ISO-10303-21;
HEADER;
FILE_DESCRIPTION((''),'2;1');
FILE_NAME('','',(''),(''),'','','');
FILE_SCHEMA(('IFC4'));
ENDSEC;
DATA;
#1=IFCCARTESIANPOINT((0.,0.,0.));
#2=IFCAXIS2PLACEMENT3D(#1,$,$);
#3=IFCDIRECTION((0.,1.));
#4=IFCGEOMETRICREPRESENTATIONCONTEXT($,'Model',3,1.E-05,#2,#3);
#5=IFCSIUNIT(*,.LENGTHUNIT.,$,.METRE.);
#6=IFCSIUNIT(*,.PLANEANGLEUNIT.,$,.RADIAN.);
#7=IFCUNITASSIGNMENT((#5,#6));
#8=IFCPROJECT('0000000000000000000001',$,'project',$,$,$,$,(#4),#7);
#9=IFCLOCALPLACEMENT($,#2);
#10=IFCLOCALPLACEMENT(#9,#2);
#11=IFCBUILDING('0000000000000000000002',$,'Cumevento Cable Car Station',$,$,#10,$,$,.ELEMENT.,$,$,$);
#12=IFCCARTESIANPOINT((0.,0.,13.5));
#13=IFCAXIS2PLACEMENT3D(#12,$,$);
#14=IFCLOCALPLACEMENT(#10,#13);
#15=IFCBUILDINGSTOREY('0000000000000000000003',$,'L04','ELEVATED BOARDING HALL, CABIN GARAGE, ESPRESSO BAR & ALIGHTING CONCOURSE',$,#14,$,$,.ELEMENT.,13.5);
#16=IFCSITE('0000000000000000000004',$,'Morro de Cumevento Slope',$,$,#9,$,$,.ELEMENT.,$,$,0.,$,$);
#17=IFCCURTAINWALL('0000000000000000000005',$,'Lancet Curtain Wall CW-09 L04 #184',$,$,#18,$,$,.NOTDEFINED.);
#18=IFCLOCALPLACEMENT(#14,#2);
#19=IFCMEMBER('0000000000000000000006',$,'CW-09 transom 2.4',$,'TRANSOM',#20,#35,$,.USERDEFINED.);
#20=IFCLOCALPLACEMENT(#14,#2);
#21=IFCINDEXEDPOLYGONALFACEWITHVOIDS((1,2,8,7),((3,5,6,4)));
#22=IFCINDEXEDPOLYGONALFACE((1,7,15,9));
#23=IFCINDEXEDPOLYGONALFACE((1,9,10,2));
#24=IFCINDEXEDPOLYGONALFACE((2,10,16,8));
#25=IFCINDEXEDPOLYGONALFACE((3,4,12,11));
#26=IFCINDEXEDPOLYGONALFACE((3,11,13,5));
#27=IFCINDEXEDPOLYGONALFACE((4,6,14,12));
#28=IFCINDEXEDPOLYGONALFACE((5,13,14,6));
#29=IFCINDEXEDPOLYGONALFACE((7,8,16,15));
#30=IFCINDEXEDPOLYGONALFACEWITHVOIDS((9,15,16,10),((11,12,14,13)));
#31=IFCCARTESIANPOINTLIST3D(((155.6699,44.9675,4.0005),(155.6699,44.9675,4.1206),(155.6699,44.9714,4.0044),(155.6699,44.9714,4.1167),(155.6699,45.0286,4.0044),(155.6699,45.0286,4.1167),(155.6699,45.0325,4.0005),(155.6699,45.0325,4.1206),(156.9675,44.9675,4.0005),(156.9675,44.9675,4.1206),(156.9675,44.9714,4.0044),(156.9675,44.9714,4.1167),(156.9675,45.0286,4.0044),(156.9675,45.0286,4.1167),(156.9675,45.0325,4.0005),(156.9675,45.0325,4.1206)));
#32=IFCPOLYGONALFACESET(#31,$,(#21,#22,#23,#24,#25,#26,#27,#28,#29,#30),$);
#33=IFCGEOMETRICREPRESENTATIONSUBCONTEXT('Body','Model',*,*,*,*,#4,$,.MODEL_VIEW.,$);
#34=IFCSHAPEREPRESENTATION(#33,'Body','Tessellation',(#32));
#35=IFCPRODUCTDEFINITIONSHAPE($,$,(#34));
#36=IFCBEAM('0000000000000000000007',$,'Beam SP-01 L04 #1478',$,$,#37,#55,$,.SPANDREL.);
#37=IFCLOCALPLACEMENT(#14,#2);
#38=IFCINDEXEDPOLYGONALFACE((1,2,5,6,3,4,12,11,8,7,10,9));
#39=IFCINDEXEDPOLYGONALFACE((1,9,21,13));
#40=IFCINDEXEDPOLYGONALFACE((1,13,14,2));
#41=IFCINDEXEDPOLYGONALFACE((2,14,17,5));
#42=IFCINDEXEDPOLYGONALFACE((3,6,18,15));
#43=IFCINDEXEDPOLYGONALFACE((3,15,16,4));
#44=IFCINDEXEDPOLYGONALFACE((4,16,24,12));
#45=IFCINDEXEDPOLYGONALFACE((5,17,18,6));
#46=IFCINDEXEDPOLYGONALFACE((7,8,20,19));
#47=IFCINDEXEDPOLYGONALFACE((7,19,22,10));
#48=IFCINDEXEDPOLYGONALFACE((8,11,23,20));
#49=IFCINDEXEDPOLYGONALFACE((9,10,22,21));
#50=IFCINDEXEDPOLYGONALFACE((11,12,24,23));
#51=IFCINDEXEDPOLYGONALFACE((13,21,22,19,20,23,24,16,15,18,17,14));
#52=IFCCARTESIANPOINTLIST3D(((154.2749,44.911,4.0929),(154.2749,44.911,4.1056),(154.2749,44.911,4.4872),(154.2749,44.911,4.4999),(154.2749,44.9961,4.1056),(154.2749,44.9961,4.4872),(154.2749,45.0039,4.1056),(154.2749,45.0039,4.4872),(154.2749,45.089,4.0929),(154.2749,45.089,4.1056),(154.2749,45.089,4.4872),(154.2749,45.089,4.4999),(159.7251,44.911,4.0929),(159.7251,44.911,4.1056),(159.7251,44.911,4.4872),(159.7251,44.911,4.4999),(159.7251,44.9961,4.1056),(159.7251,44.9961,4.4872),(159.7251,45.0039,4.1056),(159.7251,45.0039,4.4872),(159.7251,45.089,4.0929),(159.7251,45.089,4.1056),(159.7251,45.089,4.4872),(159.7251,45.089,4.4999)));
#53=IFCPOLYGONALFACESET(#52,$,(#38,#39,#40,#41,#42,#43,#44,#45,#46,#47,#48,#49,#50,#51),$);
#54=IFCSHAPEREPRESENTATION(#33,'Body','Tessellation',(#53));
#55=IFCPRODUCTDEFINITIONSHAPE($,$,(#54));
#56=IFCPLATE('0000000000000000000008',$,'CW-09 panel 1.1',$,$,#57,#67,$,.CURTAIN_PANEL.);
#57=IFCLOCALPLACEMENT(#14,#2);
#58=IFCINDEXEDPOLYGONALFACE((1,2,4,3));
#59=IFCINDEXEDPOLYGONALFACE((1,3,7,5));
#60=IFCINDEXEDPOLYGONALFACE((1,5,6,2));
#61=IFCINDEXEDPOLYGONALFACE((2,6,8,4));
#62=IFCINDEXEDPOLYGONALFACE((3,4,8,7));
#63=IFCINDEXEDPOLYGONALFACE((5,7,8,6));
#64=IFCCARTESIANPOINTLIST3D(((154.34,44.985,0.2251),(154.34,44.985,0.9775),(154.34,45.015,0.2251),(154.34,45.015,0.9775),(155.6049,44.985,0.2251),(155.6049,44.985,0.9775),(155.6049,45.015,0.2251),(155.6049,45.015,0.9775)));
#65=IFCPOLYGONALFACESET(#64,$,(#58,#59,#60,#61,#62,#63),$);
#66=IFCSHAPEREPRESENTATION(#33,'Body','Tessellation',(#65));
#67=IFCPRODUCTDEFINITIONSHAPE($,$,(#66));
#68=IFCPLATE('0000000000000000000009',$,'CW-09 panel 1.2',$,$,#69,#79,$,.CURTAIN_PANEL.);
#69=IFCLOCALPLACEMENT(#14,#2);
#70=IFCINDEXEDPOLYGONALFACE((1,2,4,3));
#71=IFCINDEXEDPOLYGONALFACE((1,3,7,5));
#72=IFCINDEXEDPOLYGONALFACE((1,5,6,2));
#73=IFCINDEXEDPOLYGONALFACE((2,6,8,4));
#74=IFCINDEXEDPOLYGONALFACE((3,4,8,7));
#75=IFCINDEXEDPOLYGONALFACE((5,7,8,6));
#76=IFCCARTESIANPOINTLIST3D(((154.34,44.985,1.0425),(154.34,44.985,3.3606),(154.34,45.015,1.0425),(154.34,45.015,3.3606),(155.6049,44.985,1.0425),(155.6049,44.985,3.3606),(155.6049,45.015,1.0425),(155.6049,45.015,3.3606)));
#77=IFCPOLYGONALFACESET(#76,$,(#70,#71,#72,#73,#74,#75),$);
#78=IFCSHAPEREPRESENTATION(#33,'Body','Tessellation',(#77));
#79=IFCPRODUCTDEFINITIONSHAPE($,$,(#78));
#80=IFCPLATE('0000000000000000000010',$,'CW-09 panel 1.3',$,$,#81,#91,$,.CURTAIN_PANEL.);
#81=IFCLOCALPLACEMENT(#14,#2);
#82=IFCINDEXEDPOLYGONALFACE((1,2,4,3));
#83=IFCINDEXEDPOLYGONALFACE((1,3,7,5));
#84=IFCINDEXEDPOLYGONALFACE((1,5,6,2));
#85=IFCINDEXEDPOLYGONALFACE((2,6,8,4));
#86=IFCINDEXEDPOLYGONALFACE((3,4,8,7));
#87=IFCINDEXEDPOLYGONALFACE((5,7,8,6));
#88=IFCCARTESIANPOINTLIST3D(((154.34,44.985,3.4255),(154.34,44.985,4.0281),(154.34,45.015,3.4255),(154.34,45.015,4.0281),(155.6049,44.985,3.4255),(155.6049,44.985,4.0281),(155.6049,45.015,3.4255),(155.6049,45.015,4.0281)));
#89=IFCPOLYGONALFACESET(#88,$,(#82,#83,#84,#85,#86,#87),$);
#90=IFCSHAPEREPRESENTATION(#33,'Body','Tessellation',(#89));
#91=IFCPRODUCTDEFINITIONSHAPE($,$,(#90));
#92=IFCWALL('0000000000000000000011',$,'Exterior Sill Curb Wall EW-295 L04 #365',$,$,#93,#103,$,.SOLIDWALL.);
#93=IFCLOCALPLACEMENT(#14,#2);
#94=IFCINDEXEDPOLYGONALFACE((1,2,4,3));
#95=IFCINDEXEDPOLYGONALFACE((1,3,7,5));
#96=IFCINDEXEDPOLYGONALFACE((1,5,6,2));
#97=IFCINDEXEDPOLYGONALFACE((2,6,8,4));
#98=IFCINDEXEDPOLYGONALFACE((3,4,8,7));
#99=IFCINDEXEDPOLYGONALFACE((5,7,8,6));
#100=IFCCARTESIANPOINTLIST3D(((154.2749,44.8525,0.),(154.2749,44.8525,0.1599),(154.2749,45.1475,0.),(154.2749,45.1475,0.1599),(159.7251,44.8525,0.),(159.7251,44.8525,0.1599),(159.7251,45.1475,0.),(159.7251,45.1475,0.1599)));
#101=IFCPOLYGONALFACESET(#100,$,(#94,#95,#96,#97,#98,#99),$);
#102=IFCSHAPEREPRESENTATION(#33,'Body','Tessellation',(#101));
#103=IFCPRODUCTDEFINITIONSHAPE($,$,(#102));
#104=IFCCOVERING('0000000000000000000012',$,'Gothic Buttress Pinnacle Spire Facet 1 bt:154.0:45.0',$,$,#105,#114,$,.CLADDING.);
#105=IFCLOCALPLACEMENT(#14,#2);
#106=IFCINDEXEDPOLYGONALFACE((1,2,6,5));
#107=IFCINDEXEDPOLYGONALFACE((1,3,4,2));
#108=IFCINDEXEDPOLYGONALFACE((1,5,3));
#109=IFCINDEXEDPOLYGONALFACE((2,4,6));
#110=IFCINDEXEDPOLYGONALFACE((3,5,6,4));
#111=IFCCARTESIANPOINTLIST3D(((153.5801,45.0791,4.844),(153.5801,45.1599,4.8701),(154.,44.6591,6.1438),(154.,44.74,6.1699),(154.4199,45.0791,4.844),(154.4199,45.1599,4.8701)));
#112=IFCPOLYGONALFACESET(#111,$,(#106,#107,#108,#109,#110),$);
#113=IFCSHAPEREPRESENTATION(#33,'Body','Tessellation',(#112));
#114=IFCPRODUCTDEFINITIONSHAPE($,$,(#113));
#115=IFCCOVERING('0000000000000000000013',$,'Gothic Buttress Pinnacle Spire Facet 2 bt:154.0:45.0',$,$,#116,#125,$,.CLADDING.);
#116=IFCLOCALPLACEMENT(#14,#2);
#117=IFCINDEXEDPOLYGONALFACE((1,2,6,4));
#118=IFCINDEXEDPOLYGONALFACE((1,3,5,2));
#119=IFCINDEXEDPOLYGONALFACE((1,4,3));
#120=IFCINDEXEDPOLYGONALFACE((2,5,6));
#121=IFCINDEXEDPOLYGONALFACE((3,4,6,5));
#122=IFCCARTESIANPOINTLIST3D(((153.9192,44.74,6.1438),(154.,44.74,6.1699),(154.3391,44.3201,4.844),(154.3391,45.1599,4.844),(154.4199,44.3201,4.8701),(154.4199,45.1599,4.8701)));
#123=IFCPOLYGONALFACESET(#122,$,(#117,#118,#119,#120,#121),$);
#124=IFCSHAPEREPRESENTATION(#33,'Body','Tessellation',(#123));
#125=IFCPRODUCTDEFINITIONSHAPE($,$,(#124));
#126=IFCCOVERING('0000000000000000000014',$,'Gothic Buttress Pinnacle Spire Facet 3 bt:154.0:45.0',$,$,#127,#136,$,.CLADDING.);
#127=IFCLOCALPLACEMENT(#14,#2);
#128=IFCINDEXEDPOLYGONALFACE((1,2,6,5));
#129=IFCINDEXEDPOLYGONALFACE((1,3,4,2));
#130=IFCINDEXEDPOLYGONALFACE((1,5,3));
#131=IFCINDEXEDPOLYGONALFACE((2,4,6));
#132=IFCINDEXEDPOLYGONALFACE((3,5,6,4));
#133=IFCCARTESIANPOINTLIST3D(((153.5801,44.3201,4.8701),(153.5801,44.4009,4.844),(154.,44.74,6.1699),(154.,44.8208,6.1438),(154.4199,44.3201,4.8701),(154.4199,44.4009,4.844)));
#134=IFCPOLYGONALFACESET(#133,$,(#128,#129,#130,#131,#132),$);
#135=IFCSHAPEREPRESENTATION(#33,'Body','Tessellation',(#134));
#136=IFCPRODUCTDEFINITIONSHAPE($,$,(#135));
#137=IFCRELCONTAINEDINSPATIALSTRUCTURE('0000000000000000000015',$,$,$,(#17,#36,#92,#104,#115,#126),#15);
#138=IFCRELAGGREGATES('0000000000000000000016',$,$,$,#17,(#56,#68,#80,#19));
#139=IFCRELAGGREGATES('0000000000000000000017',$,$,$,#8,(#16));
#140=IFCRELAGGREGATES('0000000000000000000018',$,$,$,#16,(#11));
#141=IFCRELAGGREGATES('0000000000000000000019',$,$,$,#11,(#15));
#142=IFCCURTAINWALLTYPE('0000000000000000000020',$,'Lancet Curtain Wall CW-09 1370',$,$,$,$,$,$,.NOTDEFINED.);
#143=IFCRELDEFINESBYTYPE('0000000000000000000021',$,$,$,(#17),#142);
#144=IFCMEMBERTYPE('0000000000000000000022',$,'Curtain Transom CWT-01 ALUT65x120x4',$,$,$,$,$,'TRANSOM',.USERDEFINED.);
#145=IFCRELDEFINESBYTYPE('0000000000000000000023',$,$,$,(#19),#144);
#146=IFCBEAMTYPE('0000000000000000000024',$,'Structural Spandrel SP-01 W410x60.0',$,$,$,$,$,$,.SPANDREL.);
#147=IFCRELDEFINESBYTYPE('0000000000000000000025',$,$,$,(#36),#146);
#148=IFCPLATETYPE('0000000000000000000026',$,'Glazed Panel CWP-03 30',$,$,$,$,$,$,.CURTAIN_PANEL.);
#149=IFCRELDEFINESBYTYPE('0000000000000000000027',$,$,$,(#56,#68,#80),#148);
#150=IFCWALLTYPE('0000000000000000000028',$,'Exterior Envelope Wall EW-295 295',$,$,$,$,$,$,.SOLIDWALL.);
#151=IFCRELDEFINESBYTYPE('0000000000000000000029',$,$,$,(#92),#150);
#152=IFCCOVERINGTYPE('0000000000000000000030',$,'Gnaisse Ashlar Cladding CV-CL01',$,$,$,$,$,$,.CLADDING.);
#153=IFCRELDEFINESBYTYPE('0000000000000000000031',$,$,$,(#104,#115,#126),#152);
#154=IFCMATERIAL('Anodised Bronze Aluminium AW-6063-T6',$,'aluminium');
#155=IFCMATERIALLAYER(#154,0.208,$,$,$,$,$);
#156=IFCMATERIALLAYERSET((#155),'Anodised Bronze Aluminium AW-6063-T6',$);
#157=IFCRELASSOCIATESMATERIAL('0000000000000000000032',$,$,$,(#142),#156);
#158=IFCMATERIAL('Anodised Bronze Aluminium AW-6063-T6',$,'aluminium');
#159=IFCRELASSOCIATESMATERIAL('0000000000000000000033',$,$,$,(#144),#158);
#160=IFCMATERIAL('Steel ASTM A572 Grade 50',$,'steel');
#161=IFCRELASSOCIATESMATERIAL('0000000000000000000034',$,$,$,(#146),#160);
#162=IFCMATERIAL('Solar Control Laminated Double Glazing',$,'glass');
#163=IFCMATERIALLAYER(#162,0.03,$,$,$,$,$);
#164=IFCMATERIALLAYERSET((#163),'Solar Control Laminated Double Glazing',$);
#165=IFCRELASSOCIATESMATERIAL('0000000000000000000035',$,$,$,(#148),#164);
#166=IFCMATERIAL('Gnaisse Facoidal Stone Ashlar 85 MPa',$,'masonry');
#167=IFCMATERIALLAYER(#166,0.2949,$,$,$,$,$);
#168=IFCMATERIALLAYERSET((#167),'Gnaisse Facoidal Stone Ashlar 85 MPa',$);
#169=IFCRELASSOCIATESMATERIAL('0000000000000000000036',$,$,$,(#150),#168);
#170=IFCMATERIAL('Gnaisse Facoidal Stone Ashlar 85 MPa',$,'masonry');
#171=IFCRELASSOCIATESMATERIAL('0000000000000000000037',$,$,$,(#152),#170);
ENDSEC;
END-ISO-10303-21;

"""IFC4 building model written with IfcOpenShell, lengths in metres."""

from ifc_helpers import new_model, si_unit, direction, frame, frame_2d, origin, origin_2d, place, context, subcontext, project, spatial, polyline, rectangle, hollow_rectangle, i_section, outline, extrude, material, layer, layer_set, material_profile, profile_set, type_object, element, aggregate, save


model = new_model("IFC4")

# Units and contexts
model_context = context("Model", 3, precision=1e-05, world=origin(), true_north=direction((0.0, 1.0)))
body_context = subcontext(model_context, "Body", "Model", "MODEL_VIEW")
ifc_project = project(units=[si_unit("LENGTHUNIT", "METRE"), si_unit("PLANEANGLEUNIT", "RADIAN")], contexts=[model_context])

# Site, building, storey
site_placement = place(None, origin())
site = spatial("IfcSite", under=ifc_project, at=site_placement, Name="Morro de Cumevento Slope", CompositionType="ELEMENT", RefElevation=0.0)
building_placement = place(site_placement, origin())
building = spatial("IfcBuilding", under=site, at=building_placement, Name="Cumevento Cable Car Station", CompositionType="ELEMENT")
storey_placement = place(building_placement, frame((0.0, 0.0, 13.5)))
storey = spatial("IfcBuildingStorey", under=building, at=storey_placement, Name="L04", Description="ELEVATED BOARDING HALL, CABIN GARAGE, ESPRESSO BAR & ALIGHTING CONCOURSE", CompositionType="ELEMENT", Elevation=13.5)

# Curtain wall, member
ifc_material_1 = material(Name="Anodised Bronze Aluminium AW-6063-T6", Category="aluminium")
ifc_layer_1 = layer(ifc_material_1, 0.208)
ifc_layer_set_1 = layer_set([ifc_layer_1], Name="Anodised Bronze Aluminium AW-6063-T6")
curtain_wall_type_1 = type_object("IfcCurtainWallType", Name="Lancet Curtain Wall CW-09 1370", PredefinedType="NOTDEFINED", material=ifc_layer_set_1)
curtain_wall_1_placement = place(storey_placement, origin())
curtain_wall_1 = element("IfcCurtainWall", 1, at=curtain_wall_1_placement, inside=storey, type_object=curtain_wall_type_1, Name="Lancet Curtain Wall CW-09 L04 #184", PredefinedType="NOTDEFINED")
ifc_material_2 = material(Name="Anodised Bronze Aluminium AW-6063-T6", Category="aluminium")
ifc_material_profile_1 = material_profile(ifc_material_2, hollow_rectangle(XDim=0.0649, YDim=0.1201, WallThickness=0.0039, at=origin_2d()), Name="ALUT65x120x4")
ifc_profile_set_1 = profile_set([ifc_material_profile_1], Name="Anodised Bronze Aluminium AW-6063-T6")
member_type_1 = type_object("IfcMemberType", Name="Curtain Transom CWT-01 ALUT65x120x4", ElementType="TRANSOM", PredefinedType="USERDEFINED", material=ifc_profile_set_1)
member_1_placement = place(storey_placement, frame((155.6699, 45.0, 4.0605), z_axis=(1.0, 0.0, 0.0), x_axis=(0.0, 1.0, 0.0)))
member_1 = element("IfcMember", 2, at=member_1_placement, type_object=member_type_1, Name="CW-09 transom 2.4", ObjectType="TRANSOM", PredefinedType="USERDEFINED", context=body_context, shape_type="SweptSolid", body=[
    extrude(hollow_rectangle(XDim=0.0649, YDim=0.1201, WallThickness=0.0039, at=origin_2d()), origin(), (0.0, 0.0, 1.0), 1.2976),
])

# Beam
ifc_material_3 = material(Name="Steel ASTM A572 Grade 50", Category="steel")
ifc_material_profile_2 = material_profile(ifc_material_3, i_section(OverallWidth=0.178, OverallDepth=0.407, WebThickness=0.0078, FlangeThickness=0.0127, at=origin_2d()), Name="W410x60.0")
ifc_profile_set_2 = profile_set([ifc_material_profile_2], Name="Steel ASTM A572 Grade 50")
beam_type = type_object("IfcBeamType", Name="Structural Spandrel SP-01 W410x60.0", PredefinedType="SPANDREL", material=ifc_profile_set_2)
beam_placement = place(storey_placement, frame((154.2749, 45.0, 4.2964), z_axis=(1.0, 0.0, 0.0), x_axis=(0.0, 1.0, 0.0)))
element("IfcBeam", 3, at=beam_placement, inside=storey, type_object=beam_type, Name="Beam SP-01 L04 #1478", PredefinedType="SPANDREL", context=body_context, shape_type="SweptSolid", body=[
    extrude(i_section(OverallWidth=0.178, OverallDepth=0.407, WebThickness=0.0078, FlangeThickness=0.0127, at=origin_2d()), origin(), (0.0, 0.0, 1.0), 5.4502),
])

# Plates
ifc_material_4 = material(Name="Solar Control Laminated Double Glazing", Category="glass")
ifc_layer_2 = layer(ifc_material_4, 0.03)
ifc_layer_set_2 = layer_set([ifc_layer_2], Name="Solar Control Laminated Double Glazing")
plate_type = type_object("IfcPlateType", Name="Glazed Panel CWP-03 30", PredefinedType="CURTAIN_PANEL", material=ifc_layer_set_2)
plate_1_placement = place(storey_placement, frame((154.9724, 45.0, 0.2251), z_axis=(0.0, 0.0, 1.0), x_axis=(1.0, 0.0, 0.0)))
plate_1 = element("IfcPlate", 4, at=plate_1_placement, type_object=plate_type, Name="CW-09 panel 1.1", PredefinedType="CURTAIN_PANEL", context=body_context, shape_type="SweptSolid", body=[
    extrude(rectangle(XDim=1.2649, YDim=0.03, at=origin_2d()), origin(), (0.0, 0.0, 1.0), 0.7524),
])
plate_2_placement = place(storey_placement, frame((154.9724, 45.0, 1.0425), z_axis=(0.0, 0.0, 1.0), x_axis=(1.0, 0.0, 0.0)))
plate_2 = element("IfcPlate", 5, at=plate_2_placement, type_object=plate_type, Name="CW-09 panel 1.2", PredefinedType="CURTAIN_PANEL", context=body_context, shape_type="SweptSolid", body=[
    extrude(rectangle(XDim=1.2649, YDim=0.03, at=origin_2d()), origin(), (0.0, 0.0, 1.0), 2.3181),
])
plate_3_placement = place(storey_placement, frame((154.9724, 45.0, 3.4255), z_axis=(0.0, 0.0, 1.0), x_axis=(1.0, 0.0, 0.0)))
plate_3 = element("IfcPlate", 6, at=plate_3_placement, type_object=plate_type, Name="CW-09 panel 1.3", PredefinedType="CURTAIN_PANEL", context=body_context, shape_type="SweptSolid", body=[
    extrude(rectangle(XDim=1.2649, YDim=0.03, at=origin_2d()), origin(), (0.0, 0.0, 1.0), 0.6025),
])
aggregate(curtain_wall_1, [plate_1, plate_2, plate_3, member_1])

# Wall
ifc_material_5 = material(Name="Gnaisse Facoidal Stone Ashlar 85 MPa", Category="masonry")
ifc_layer_3 = layer(ifc_material_5, 0.2949)
ifc_layer_set_3 = layer_set([ifc_layer_3], Name="Gnaisse Facoidal Stone Ashlar 85 MPa")
wall_type = type_object("IfcWallType", Name="Exterior Envelope Wall EW-295 295", PredefinedType="SOLIDWALL", material=ifc_layer_set_3)
wall_placement = place(storey_placement, frame((154.2749, 45.0, 0.0), z_axis=(0.0, 0.0, 1.0), x_axis=(1.0, 0.0, 0.0)))
element("IfcWall", 7, at=wall_placement, inside=storey, type_object=wall_type, Name="Exterior Sill Curb Wall EW-295 L04 #365", PredefinedType="SOLIDWALL", context=body_context, shape_type="SweptSolid", body=[
    extrude(rectangle(XDim=5.4502, YDim=0.2949, at=frame_2d((2.7251, 0.0))), origin(), (0.0, 0.0, 1.0), 0.1599),
])

# Coverings
ifc_material_6 = material(Name="Gnaisse Facoidal Stone Ashlar 85 MPa", Category="masonry")
covering_type = type_object("IfcCoveringType", Name="Gnaisse Ashlar Cladding CV-CL01", PredefinedType="CLADDING", material=ifc_material_6)
for number, where, z_axis, x_axis, name in (
    (8, (153.5801, 45.1599, 4.8701), (0.0, 0.951574, 0.307421), (1.0, 0.0, 0.0), "Gothic Buttress Pinnacle Spire Facet 1 bt:154.0:45.0"),
    (9, (154.4199, 45.1599, 4.8701), (0.951574, 0.0, 0.307421), (0.0, -1.0, 0.0), "Gothic Buttress Pinnacle Spire Facet 2 bt:154.0:45.0"),
    (10, (154.4199, 44.3201, 4.8701), (0.0, -0.951574, 0.307421), (-1.0, 0.0, 0.0), "Gothic Buttress Pinnacle Spire Facet 3 bt:154.0:45.0"),
):
    element("IfcCovering", number, at=place(storey_placement, frame(where, z_axis=z_axis, x_axis=x_axis)), inside=storey, type_object=covering_type, Name=name, PredefinedType="CLADDING", context=body_context, shape_type="SweptSolid", body=[
        extrude(outline(polyline([(0.0, 0.0), (0.8398, 0.0), (0.4199, -1.366), (0.0, 0.0)])), origin(), (0.0, 0.0, -1.0), 0.085),
    ])

save(model, "model.ifc")
